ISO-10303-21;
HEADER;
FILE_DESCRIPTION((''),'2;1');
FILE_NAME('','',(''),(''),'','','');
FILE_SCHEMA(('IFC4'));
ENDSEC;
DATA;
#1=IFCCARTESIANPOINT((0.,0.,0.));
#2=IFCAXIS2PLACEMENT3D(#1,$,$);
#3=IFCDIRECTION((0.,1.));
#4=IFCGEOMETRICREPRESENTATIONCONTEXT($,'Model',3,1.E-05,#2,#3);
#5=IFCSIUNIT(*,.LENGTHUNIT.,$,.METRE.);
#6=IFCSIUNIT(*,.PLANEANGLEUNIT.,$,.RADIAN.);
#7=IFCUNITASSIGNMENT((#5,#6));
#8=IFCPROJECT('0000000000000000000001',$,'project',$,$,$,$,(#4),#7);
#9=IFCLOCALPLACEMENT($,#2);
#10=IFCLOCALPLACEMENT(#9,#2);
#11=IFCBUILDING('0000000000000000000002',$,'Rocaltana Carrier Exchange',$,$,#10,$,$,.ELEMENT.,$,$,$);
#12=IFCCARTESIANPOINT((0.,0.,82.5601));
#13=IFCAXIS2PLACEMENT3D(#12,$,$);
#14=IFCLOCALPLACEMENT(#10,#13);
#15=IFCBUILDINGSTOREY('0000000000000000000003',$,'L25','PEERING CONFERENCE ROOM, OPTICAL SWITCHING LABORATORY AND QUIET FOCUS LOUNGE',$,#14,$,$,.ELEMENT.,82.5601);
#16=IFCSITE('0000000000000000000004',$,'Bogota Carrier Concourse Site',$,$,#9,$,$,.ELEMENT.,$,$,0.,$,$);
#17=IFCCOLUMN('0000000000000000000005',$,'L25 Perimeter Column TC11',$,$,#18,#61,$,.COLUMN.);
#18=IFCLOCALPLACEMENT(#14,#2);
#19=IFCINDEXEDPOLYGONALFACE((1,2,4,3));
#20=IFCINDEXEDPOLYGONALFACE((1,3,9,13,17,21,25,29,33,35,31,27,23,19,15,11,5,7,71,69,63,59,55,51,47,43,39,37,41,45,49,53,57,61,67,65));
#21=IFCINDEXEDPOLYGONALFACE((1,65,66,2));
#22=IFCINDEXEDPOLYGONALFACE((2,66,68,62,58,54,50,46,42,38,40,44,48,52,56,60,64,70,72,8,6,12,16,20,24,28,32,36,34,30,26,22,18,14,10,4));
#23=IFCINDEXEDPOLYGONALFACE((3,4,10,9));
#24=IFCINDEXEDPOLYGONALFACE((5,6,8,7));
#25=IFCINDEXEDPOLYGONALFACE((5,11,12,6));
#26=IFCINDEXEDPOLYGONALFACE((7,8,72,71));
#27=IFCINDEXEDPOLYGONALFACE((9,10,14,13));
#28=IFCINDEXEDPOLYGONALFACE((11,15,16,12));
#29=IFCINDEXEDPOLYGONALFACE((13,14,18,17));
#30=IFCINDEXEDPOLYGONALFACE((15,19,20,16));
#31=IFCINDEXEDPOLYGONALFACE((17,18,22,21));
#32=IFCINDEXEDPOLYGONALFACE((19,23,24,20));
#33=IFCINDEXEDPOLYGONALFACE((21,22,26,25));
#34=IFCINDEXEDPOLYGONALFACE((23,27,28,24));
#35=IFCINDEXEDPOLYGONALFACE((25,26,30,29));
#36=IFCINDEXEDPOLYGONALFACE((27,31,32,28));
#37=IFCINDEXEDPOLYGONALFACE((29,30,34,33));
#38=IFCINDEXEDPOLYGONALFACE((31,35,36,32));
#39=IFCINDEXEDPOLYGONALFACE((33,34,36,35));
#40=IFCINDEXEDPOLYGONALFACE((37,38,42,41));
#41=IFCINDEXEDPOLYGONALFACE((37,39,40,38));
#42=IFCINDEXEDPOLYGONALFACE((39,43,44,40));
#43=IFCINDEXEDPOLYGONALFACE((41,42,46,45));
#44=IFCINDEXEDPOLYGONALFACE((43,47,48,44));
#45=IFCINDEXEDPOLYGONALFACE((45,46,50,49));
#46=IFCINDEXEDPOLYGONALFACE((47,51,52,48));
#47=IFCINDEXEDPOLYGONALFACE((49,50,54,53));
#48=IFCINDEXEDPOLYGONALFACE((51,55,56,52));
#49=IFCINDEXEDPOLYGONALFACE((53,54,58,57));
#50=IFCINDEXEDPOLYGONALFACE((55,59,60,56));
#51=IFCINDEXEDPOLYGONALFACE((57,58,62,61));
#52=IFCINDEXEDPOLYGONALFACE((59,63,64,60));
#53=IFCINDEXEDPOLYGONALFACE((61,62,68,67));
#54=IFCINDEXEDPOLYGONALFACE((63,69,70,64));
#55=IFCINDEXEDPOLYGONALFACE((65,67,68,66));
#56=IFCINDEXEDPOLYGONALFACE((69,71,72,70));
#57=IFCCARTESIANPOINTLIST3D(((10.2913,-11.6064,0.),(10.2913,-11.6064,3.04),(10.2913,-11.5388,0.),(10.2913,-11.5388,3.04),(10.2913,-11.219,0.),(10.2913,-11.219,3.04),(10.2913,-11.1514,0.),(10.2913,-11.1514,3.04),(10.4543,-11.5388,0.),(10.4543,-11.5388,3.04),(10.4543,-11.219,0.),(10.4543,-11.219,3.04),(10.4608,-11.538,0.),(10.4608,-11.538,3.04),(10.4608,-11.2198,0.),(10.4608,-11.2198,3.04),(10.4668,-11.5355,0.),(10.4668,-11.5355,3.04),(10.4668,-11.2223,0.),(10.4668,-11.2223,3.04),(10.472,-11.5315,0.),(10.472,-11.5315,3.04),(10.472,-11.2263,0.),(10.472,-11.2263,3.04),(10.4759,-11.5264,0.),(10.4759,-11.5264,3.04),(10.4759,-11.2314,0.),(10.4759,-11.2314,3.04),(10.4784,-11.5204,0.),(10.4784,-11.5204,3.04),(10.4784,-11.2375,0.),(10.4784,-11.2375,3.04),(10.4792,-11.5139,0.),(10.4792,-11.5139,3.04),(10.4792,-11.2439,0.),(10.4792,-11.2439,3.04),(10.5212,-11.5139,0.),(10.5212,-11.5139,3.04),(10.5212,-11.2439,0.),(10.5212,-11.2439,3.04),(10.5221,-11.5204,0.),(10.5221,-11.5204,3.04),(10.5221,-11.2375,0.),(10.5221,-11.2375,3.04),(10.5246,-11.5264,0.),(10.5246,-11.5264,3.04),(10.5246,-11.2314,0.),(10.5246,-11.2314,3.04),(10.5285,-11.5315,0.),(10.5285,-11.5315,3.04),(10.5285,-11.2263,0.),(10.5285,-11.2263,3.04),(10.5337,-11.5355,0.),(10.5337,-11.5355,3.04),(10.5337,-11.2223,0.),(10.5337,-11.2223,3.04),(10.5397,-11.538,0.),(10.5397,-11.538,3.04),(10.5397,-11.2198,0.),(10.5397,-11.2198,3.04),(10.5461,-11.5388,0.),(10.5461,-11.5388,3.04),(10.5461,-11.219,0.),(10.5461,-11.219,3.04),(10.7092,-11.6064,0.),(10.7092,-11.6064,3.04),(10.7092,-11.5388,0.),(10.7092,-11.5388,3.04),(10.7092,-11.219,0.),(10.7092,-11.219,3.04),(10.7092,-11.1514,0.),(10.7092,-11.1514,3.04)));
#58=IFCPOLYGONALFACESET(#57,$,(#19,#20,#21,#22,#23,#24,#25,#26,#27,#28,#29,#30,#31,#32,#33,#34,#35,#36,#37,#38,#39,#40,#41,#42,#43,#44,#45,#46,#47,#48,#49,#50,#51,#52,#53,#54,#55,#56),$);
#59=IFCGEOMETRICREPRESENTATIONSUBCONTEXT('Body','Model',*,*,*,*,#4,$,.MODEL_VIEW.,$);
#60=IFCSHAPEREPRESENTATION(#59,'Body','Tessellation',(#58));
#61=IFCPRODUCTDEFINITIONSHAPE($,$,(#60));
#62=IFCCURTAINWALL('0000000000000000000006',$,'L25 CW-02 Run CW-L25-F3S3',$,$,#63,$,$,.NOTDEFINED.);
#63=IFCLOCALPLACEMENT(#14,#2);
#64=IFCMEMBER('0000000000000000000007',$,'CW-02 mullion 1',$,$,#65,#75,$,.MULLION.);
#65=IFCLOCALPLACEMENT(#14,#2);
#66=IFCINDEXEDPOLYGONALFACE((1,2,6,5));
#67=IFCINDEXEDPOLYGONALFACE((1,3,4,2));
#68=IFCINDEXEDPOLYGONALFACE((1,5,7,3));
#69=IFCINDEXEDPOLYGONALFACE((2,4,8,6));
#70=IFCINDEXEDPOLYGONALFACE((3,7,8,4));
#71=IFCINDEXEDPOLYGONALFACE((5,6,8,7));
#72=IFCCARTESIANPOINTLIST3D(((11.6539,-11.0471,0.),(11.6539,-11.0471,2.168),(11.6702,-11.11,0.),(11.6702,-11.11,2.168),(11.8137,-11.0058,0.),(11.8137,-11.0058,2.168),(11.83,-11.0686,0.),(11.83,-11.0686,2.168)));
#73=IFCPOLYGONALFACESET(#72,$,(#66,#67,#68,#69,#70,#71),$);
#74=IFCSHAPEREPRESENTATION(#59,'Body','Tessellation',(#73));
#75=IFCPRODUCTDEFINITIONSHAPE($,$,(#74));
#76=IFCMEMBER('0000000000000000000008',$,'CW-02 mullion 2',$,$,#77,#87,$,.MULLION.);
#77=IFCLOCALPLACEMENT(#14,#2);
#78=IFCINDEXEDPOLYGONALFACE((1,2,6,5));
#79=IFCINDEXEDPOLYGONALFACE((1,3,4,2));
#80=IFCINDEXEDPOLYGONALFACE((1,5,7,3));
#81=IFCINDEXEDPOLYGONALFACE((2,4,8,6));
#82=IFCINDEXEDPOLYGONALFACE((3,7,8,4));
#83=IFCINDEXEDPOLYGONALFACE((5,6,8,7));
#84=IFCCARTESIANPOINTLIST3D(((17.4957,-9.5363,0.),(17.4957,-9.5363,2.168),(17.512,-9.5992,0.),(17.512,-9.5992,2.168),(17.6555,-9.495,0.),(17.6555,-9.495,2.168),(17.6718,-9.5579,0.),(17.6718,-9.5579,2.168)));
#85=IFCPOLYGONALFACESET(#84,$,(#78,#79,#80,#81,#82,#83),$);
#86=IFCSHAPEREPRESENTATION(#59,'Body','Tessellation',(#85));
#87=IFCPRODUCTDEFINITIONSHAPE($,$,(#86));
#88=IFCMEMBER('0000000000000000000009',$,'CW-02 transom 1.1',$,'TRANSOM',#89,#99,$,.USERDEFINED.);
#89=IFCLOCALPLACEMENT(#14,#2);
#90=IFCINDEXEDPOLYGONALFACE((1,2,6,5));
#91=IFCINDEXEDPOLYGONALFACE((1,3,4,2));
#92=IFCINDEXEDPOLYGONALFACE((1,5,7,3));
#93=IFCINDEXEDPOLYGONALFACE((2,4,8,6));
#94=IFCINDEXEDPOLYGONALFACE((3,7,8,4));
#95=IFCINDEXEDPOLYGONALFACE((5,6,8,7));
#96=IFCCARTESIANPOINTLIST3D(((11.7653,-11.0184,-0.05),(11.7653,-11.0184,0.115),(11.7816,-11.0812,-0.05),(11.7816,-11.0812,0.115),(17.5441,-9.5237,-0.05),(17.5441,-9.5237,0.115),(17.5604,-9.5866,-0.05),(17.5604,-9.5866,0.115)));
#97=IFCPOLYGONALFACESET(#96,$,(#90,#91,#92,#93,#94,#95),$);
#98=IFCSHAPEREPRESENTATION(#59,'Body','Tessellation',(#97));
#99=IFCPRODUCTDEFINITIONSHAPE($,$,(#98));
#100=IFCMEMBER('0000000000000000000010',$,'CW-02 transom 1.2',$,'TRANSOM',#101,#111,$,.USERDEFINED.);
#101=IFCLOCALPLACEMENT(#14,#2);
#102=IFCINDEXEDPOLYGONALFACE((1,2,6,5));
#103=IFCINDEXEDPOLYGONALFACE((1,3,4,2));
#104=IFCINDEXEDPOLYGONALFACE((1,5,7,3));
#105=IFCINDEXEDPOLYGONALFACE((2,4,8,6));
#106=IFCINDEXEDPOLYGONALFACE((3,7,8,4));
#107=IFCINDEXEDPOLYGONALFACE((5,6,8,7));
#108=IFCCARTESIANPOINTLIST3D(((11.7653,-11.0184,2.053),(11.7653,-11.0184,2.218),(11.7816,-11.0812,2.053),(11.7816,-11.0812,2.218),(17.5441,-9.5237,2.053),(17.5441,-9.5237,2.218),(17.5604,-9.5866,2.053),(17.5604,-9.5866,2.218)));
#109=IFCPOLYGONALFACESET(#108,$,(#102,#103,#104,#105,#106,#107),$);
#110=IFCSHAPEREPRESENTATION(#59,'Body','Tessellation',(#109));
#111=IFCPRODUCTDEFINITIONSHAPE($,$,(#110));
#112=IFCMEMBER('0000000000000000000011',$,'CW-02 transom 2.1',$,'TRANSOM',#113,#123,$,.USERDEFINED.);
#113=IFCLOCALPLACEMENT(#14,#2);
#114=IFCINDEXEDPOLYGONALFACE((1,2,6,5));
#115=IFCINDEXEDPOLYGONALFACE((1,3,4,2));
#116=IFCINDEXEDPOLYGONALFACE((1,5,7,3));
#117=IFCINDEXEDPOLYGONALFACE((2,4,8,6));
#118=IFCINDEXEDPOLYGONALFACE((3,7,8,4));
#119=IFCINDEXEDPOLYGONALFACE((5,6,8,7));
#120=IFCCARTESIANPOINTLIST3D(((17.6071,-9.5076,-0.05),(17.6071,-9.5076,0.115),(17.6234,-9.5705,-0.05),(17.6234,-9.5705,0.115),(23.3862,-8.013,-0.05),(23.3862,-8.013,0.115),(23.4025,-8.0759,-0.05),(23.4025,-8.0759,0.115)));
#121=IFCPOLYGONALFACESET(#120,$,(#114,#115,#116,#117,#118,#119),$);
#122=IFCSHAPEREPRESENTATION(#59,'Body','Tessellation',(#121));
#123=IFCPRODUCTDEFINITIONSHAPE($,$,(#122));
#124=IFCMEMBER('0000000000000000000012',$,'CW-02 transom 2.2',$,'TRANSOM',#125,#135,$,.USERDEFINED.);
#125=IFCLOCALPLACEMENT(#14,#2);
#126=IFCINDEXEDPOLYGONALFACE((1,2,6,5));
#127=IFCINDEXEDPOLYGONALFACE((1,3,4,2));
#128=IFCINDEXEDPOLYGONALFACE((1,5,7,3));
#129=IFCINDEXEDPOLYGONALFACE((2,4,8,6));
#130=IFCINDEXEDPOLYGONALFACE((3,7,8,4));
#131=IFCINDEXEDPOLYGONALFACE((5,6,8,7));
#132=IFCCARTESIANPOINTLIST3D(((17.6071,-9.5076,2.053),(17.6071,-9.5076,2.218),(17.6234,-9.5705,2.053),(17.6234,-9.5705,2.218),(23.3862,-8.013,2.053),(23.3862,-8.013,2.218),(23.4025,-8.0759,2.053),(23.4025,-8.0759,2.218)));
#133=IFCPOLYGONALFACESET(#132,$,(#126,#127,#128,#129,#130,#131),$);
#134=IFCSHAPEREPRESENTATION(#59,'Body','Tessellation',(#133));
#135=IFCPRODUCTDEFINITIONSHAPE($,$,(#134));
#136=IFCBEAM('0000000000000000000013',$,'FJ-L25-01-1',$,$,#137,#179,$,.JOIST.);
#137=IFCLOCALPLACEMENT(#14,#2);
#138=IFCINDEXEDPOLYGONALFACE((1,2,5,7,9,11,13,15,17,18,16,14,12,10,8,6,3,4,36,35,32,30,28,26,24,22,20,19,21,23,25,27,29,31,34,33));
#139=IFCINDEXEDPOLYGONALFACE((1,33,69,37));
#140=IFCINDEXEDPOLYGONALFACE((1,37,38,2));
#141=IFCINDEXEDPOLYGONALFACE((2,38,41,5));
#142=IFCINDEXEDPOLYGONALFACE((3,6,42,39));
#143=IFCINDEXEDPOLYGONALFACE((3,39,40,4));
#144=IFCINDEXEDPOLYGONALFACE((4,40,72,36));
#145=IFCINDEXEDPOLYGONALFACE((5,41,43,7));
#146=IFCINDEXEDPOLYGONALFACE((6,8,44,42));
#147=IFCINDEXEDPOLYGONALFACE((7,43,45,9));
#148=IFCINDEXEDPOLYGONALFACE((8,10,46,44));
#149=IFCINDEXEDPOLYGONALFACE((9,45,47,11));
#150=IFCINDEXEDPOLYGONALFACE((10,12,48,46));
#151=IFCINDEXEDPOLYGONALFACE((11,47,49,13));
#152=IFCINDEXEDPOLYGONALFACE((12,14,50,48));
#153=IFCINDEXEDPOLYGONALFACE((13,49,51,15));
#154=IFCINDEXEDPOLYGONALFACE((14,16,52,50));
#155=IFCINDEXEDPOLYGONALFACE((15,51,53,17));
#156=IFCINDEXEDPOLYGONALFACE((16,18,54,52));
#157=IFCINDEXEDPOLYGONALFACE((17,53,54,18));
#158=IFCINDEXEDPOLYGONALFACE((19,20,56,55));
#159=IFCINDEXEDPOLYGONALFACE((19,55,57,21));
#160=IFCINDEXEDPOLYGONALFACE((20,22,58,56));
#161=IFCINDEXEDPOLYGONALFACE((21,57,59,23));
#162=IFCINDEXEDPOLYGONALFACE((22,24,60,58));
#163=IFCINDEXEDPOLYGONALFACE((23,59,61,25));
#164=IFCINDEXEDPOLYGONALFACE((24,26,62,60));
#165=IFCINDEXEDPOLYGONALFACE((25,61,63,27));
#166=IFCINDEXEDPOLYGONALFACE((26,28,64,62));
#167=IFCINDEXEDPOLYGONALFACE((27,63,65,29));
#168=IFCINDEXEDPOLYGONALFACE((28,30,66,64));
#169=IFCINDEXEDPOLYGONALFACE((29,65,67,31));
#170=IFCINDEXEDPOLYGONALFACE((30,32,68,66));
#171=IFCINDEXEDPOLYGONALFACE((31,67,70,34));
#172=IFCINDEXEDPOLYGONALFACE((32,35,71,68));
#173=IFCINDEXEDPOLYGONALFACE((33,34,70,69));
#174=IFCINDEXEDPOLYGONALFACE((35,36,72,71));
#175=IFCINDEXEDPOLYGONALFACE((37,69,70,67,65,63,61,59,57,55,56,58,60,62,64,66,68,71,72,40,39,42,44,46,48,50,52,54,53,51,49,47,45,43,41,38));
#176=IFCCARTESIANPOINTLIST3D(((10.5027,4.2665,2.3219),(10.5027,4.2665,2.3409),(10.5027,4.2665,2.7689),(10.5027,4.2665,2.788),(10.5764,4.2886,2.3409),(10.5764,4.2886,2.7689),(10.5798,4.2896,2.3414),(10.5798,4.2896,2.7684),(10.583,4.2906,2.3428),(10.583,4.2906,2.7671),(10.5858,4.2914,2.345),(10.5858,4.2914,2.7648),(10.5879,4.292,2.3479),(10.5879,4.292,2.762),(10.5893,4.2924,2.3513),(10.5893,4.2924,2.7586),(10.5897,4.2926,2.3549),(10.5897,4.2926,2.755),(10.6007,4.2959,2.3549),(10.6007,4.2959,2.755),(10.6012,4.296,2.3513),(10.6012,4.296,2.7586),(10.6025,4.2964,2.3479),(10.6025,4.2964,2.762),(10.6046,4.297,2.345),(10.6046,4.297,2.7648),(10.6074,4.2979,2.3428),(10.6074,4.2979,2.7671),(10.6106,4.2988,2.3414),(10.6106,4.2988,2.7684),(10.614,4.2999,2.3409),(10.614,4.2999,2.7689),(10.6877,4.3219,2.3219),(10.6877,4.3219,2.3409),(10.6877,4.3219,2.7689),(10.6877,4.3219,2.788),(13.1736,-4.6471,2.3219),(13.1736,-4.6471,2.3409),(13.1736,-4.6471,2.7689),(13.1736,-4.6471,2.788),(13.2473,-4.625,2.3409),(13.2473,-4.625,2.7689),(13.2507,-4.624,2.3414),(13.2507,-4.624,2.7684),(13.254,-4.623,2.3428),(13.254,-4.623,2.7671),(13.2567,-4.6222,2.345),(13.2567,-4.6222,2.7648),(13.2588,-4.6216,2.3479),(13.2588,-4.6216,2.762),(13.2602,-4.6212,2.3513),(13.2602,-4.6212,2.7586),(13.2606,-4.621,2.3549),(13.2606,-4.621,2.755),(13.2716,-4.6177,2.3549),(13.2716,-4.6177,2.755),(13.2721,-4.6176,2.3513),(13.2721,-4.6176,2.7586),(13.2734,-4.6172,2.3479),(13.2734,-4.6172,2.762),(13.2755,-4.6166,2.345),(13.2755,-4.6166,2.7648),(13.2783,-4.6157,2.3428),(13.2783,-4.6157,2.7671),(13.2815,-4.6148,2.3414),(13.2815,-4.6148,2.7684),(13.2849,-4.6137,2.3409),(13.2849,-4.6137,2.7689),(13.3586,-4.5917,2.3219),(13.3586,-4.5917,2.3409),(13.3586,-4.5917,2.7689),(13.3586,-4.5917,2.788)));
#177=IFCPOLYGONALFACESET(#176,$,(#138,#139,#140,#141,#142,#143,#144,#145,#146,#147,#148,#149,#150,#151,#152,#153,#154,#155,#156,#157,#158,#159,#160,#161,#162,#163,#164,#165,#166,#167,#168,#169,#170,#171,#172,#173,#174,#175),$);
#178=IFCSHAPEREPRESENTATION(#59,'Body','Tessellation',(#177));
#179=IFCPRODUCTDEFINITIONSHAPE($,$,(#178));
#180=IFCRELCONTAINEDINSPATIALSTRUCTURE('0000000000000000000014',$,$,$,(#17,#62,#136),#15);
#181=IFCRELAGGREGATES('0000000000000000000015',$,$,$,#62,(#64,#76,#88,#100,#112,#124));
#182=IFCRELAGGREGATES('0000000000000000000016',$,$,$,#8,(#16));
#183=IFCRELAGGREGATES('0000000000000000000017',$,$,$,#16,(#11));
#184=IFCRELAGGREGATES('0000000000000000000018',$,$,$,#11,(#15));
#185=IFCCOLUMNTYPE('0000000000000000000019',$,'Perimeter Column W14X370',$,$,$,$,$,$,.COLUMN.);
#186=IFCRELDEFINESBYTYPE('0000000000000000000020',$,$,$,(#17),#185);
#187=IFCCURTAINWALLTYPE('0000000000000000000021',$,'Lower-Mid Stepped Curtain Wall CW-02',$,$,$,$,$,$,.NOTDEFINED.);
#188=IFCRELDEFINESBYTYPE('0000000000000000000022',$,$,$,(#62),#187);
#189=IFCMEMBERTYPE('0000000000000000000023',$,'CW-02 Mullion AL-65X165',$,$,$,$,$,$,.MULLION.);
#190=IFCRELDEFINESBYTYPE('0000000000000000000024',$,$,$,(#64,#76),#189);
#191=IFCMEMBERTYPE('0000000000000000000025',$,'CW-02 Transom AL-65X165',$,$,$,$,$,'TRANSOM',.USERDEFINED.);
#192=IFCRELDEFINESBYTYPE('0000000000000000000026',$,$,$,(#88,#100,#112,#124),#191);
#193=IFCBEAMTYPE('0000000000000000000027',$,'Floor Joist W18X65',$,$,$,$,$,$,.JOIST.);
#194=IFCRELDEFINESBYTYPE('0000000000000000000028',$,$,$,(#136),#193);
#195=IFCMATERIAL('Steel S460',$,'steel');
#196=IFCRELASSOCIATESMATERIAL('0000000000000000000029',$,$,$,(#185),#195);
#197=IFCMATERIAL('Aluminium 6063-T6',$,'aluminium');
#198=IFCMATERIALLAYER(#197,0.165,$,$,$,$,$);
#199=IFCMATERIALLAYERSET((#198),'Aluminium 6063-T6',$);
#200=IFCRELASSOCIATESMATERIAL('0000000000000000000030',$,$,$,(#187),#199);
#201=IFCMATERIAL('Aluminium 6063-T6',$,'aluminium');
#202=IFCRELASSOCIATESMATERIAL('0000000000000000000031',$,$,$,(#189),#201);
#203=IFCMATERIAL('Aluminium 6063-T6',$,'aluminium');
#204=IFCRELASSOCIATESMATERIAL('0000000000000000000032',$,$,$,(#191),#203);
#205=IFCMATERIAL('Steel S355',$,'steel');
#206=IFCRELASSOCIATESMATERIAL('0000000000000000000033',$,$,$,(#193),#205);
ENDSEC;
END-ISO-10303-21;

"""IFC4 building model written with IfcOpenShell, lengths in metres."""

from ifc_helpers import new_model, si_unit, direction, frame, origin, origin_2d, place, context, subcontext, project, spatial, rectangle, i_section, extrude, material, layer, layer_set, material_profile, profile_set, type_object, element, aggregate, save


model = new_model("IFC4")

# Units and contexts
model_context = context("Model", 3, precision=1e-05, world=origin(), true_north=direction((0.0, 1.0)))
body_context = subcontext(model_context, "Body", "Model", "MODEL_VIEW")
ifc_project = project(units=[si_unit("LENGTHUNIT", "METRE"), si_unit("PLANEANGLEUNIT", "RADIAN")], contexts=[model_context])

# Site, building, storey
site_placement = place(None, origin())
site = spatial("IfcSite", under=ifc_project, at=site_placement, Name="Bogota Carrier Concourse Site", CompositionType="ELEMENT", RefElevation=0.0)
building_placement = place(site_placement, origin())
building = spatial("IfcBuilding", under=site, at=building_placement, Name="Rocaltana Carrier Exchange", CompositionType="ELEMENT")
storey_placement = place(building_placement, frame((0.0, 0.0, 82.5601)))
storey = spatial("IfcBuildingStorey", under=building, at=storey_placement, Name="L25", Description="PEERING CONFERENCE ROOM, OPTICAL SWITCHING LABORATORY AND QUIET FOCUS LOUNGE", CompositionType="ELEMENT", Elevation=82.5601)

# Column
ifc_material_1 = material(Name="Steel S460", Category="steel")
ifc_material_profile_1 = material_profile(ifc_material_1, i_section(OverallWidth=0.418, OverallDepth=0.4551, WebThickness=0.042, FlangeThickness=0.0676, FilletRadius=0.0249, at=origin_2d()), Name="W14X370")
ifc_profile_set_1 = profile_set([ifc_material_profile_1], Name="Steel S460")
column_type = type_object("IfcColumnType", Name="Perimeter Column W14X370", PredefinedType="COLUMN", material=ifc_profile_set_1)
column_placement = place(storey_placement, frame((10.5002, -11.3789, 0.0), z_axis=(0.0, 0.0, 1.0), x_axis=(1.0, 0.0, 0.0)))
element("IfcColumn", 1, at=column_placement, inside=storey, type_object=column_type, Name="L25 Perimeter Column TC11", PredefinedType="COLUMN", context=body_context, shape_type="SweptSolid", body=[
    extrude(i_section(OverallWidth=0.418, OverallDepth=0.4551, WebThickness=0.042, FlangeThickness=0.0676, FilletRadius=0.0249, at=origin_2d()), origin(), (0.0, 0.0, 1.0), 3.04),
])

# Curtain wall, members
ifc_material_2 = material(Name="Aluminium 6063-T6", Category="aluminium")
ifc_layer_1 = layer(ifc_material_2, 0.165)
ifc_layer_set_1 = layer_set([ifc_layer_1], Name="Aluminium 6063-T6")
curtain_wall_type = type_object("IfcCurtainWallType", Name="Lower-Mid Stepped Curtain Wall CW-02", PredefinedType="NOTDEFINED", material=ifc_layer_set_1)
curtain_wall_placement = place(storey_placement, origin())
curtain_wall = element("IfcCurtainWall", 2, at=curtain_wall_placement, inside=storey, type_object=curtain_wall_type, Name="L25 CW-02 Run CW-L25-F3S3", PredefinedType="NOTDEFINED")
ifc_material_3 = material(Name="Aluminium 6063-T6", Category="aluminium")
ifc_material_profile_2 = material_profile(ifc_material_3, rectangle(XDim=0.0649, YDim=0.165, at=origin_2d()), Name="AL-65X165")
ifc_profile_set_2 = profile_set([ifc_material_profile_2], Name="Aluminium 6063-T6")
member_type_1 = type_object("IfcMemberType", Name="CW-02 Mullion AL-65X165", PredefinedType="MULLION", material=ifc_profile_set_2)
member_1_placement = place(storey_placement, frame((11.7419, -11.0579, 0.0), z_axis=(0.0, 0.0, 1.0), x_axis=(-0.25037, 0.96815, 0.0)))
member_1 = element("IfcMember", 3, at=member_1_placement, type_object=member_type_1, Name="CW-02 mullion 1", PredefinedType="MULLION", context=body_context, shape_type="SweptSolid", body=[
    extrude(rectangle(XDim=0.0649, YDim=0.165, at=origin_2d()), origin(), (0.0, 0.0, 1.0), 2.168),
])
member_2_placement = place(storey_placement, frame((17.5837, -9.5471, 0.0), z_axis=(0.0, 0.0, 1.0), x_axis=(-0.25037, 0.96815, 0.0)))
member_2 = element("IfcMember", 4, at=member_2_placement, type_object=member_type_1, Name="CW-02 mullion 2", PredefinedType="MULLION", context=body_context, shape_type="SweptSolid", body=[
    extrude(rectangle(XDim=0.0649, YDim=0.165, at=origin_2d()), origin(), (0.0, 0.0, 1.0), 2.168),
])
ifc_material_4 = material(Name="Aluminium 6063-T6", Category="aluminium")
ifc_material_profile_3 = material_profile(ifc_material_4, rectangle(XDim=0.0649, YDim=0.165, at=origin_2d()), Name="AL-65X165")
ifc_profile_set_3 = profile_set([ifc_material_profile_3], Name="Aluminium 6063-T6")
member_type_2 = type_object("IfcMemberType", Name="CW-02 Transom AL-65X165", ElementType="TRANSOM", PredefinedType="USERDEFINED", material=ifc_profile_set_3)
member_3_placement = place(storey_placement, frame((11.7734, -11.0498, 0.0325), z_axis=(0.968142, 0.2504, 0.0), x_axis=(-0.2504, 0.968142, 0.0)))
member_3 = element("IfcMember", 5, at=member_3_placement, type_object=member_type_2, Name="CW-02 transom 1.1", ObjectType="TRANSOM", PredefinedType="USERDEFINED", context=body_context, shape_type="SweptSolid", body=[
    extrude(rectangle(XDim=0.0649, YDim=0.165, at=origin_2d()), origin(), (0.0, 0.0, 1.0), 5.969),
])
member_4_placement = place(storey_placement, frame((11.7734, -11.0498, 2.1355), z_axis=(0.968142, 0.2504, 0.0), x_axis=(-0.2504, 0.968142, 0.0)))
member_4 = element("IfcMember", 6, at=member_4_placement, type_object=member_type_2, Name="CW-02 transom 1.2", ObjectType="TRANSOM", PredefinedType="USERDEFINED", context=body_context, shape_type="SweptSolid", body=[
    extrude(rectangle(XDim=0.0649, YDim=0.165, at=origin_2d()), origin(), (0.0, 0.0, 1.0), 5.969),
])
member_5_placement = place(storey_placement, frame((17.6152, -9.5391, 0.0325), z_axis=(0.968145, 0.25039, 0.0), x_axis=(-0.25039, 0.968145, 0.0)))
member_5 = element("IfcMember", 7, at=member_5_placement, type_object=member_type_2, Name="CW-02 transom 2.1", ObjectType="TRANSOM", PredefinedType="USERDEFINED", context=body_context, shape_type="SweptSolid", body=[
    extrude(rectangle(XDim=0.0649, YDim=0.165, at=origin_2d()), origin(), (0.0, 0.0, 1.0), 5.9692),
])
member_6_placement = place(storey_placement, frame((17.6152, -9.5391, 2.1355), z_axis=(0.968145, 0.25039, 0.0), x_axis=(-0.25039, 0.968145, 0.0)))
member_6 = element("IfcMember", 8, at=member_6_placement, type_object=member_type_2, Name="CW-02 transom 2.2", ObjectType="TRANSOM", PredefinedType="USERDEFINED", context=body_context, shape_type="SweptSolid", body=[
    extrude(rectangle(XDim=0.0649, YDim=0.165, at=origin_2d()), origin(), (0.0, 0.0, 1.0), 5.9692),
])

# Beam
ifc_material_5 = material(Name="Steel S355", Category="steel")
ifc_material_profile_4 = material_profile(ifc_material_5, i_section(OverallWidth=0.1931, OverallDepth=0.4661, WebThickness=0.0115, FlangeThickness=0.019, FilletRadius=0.0139, at=origin_2d()), Name="W18X65")
ifc_profile_set_4 = profile_set([ifc_material_profile_4], Name="Steel S355")
beam_type_1 = type_object("IfcBeamType", Name="Floor Joist W18X65", PredefinedType="JOIST", material=ifc_profile_set_4)
beam_1_placement = place(storey_placement, frame((13.2661, -4.6194, 2.5549), z_axis=(-0.287035, 0.95792, 0.0), x_axis=(-0.95792, -0.287035, 0.0)))
element("IfcBeam", 9, at=beam_1_placement, inside=storey, type_object=beam_type_1, Name="FJ-L25-01-1", PredefinedType="JOIST", context=body_context, shape_type="SweptSolid", body=[
    extrude(i_section(OverallWidth=0.1931, OverallDepth=0.4661, WebThickness=0.0115, FlangeThickness=0.019, FilletRadius=0.0139, at=origin_2d()), origin(), (0.0, 0.0, 1.0), 9.3052),
])

aggregate(curtain_wall, [member_1, member_2, member_3, member_4, member_5, member_6])

save(model, "model.ifc")
